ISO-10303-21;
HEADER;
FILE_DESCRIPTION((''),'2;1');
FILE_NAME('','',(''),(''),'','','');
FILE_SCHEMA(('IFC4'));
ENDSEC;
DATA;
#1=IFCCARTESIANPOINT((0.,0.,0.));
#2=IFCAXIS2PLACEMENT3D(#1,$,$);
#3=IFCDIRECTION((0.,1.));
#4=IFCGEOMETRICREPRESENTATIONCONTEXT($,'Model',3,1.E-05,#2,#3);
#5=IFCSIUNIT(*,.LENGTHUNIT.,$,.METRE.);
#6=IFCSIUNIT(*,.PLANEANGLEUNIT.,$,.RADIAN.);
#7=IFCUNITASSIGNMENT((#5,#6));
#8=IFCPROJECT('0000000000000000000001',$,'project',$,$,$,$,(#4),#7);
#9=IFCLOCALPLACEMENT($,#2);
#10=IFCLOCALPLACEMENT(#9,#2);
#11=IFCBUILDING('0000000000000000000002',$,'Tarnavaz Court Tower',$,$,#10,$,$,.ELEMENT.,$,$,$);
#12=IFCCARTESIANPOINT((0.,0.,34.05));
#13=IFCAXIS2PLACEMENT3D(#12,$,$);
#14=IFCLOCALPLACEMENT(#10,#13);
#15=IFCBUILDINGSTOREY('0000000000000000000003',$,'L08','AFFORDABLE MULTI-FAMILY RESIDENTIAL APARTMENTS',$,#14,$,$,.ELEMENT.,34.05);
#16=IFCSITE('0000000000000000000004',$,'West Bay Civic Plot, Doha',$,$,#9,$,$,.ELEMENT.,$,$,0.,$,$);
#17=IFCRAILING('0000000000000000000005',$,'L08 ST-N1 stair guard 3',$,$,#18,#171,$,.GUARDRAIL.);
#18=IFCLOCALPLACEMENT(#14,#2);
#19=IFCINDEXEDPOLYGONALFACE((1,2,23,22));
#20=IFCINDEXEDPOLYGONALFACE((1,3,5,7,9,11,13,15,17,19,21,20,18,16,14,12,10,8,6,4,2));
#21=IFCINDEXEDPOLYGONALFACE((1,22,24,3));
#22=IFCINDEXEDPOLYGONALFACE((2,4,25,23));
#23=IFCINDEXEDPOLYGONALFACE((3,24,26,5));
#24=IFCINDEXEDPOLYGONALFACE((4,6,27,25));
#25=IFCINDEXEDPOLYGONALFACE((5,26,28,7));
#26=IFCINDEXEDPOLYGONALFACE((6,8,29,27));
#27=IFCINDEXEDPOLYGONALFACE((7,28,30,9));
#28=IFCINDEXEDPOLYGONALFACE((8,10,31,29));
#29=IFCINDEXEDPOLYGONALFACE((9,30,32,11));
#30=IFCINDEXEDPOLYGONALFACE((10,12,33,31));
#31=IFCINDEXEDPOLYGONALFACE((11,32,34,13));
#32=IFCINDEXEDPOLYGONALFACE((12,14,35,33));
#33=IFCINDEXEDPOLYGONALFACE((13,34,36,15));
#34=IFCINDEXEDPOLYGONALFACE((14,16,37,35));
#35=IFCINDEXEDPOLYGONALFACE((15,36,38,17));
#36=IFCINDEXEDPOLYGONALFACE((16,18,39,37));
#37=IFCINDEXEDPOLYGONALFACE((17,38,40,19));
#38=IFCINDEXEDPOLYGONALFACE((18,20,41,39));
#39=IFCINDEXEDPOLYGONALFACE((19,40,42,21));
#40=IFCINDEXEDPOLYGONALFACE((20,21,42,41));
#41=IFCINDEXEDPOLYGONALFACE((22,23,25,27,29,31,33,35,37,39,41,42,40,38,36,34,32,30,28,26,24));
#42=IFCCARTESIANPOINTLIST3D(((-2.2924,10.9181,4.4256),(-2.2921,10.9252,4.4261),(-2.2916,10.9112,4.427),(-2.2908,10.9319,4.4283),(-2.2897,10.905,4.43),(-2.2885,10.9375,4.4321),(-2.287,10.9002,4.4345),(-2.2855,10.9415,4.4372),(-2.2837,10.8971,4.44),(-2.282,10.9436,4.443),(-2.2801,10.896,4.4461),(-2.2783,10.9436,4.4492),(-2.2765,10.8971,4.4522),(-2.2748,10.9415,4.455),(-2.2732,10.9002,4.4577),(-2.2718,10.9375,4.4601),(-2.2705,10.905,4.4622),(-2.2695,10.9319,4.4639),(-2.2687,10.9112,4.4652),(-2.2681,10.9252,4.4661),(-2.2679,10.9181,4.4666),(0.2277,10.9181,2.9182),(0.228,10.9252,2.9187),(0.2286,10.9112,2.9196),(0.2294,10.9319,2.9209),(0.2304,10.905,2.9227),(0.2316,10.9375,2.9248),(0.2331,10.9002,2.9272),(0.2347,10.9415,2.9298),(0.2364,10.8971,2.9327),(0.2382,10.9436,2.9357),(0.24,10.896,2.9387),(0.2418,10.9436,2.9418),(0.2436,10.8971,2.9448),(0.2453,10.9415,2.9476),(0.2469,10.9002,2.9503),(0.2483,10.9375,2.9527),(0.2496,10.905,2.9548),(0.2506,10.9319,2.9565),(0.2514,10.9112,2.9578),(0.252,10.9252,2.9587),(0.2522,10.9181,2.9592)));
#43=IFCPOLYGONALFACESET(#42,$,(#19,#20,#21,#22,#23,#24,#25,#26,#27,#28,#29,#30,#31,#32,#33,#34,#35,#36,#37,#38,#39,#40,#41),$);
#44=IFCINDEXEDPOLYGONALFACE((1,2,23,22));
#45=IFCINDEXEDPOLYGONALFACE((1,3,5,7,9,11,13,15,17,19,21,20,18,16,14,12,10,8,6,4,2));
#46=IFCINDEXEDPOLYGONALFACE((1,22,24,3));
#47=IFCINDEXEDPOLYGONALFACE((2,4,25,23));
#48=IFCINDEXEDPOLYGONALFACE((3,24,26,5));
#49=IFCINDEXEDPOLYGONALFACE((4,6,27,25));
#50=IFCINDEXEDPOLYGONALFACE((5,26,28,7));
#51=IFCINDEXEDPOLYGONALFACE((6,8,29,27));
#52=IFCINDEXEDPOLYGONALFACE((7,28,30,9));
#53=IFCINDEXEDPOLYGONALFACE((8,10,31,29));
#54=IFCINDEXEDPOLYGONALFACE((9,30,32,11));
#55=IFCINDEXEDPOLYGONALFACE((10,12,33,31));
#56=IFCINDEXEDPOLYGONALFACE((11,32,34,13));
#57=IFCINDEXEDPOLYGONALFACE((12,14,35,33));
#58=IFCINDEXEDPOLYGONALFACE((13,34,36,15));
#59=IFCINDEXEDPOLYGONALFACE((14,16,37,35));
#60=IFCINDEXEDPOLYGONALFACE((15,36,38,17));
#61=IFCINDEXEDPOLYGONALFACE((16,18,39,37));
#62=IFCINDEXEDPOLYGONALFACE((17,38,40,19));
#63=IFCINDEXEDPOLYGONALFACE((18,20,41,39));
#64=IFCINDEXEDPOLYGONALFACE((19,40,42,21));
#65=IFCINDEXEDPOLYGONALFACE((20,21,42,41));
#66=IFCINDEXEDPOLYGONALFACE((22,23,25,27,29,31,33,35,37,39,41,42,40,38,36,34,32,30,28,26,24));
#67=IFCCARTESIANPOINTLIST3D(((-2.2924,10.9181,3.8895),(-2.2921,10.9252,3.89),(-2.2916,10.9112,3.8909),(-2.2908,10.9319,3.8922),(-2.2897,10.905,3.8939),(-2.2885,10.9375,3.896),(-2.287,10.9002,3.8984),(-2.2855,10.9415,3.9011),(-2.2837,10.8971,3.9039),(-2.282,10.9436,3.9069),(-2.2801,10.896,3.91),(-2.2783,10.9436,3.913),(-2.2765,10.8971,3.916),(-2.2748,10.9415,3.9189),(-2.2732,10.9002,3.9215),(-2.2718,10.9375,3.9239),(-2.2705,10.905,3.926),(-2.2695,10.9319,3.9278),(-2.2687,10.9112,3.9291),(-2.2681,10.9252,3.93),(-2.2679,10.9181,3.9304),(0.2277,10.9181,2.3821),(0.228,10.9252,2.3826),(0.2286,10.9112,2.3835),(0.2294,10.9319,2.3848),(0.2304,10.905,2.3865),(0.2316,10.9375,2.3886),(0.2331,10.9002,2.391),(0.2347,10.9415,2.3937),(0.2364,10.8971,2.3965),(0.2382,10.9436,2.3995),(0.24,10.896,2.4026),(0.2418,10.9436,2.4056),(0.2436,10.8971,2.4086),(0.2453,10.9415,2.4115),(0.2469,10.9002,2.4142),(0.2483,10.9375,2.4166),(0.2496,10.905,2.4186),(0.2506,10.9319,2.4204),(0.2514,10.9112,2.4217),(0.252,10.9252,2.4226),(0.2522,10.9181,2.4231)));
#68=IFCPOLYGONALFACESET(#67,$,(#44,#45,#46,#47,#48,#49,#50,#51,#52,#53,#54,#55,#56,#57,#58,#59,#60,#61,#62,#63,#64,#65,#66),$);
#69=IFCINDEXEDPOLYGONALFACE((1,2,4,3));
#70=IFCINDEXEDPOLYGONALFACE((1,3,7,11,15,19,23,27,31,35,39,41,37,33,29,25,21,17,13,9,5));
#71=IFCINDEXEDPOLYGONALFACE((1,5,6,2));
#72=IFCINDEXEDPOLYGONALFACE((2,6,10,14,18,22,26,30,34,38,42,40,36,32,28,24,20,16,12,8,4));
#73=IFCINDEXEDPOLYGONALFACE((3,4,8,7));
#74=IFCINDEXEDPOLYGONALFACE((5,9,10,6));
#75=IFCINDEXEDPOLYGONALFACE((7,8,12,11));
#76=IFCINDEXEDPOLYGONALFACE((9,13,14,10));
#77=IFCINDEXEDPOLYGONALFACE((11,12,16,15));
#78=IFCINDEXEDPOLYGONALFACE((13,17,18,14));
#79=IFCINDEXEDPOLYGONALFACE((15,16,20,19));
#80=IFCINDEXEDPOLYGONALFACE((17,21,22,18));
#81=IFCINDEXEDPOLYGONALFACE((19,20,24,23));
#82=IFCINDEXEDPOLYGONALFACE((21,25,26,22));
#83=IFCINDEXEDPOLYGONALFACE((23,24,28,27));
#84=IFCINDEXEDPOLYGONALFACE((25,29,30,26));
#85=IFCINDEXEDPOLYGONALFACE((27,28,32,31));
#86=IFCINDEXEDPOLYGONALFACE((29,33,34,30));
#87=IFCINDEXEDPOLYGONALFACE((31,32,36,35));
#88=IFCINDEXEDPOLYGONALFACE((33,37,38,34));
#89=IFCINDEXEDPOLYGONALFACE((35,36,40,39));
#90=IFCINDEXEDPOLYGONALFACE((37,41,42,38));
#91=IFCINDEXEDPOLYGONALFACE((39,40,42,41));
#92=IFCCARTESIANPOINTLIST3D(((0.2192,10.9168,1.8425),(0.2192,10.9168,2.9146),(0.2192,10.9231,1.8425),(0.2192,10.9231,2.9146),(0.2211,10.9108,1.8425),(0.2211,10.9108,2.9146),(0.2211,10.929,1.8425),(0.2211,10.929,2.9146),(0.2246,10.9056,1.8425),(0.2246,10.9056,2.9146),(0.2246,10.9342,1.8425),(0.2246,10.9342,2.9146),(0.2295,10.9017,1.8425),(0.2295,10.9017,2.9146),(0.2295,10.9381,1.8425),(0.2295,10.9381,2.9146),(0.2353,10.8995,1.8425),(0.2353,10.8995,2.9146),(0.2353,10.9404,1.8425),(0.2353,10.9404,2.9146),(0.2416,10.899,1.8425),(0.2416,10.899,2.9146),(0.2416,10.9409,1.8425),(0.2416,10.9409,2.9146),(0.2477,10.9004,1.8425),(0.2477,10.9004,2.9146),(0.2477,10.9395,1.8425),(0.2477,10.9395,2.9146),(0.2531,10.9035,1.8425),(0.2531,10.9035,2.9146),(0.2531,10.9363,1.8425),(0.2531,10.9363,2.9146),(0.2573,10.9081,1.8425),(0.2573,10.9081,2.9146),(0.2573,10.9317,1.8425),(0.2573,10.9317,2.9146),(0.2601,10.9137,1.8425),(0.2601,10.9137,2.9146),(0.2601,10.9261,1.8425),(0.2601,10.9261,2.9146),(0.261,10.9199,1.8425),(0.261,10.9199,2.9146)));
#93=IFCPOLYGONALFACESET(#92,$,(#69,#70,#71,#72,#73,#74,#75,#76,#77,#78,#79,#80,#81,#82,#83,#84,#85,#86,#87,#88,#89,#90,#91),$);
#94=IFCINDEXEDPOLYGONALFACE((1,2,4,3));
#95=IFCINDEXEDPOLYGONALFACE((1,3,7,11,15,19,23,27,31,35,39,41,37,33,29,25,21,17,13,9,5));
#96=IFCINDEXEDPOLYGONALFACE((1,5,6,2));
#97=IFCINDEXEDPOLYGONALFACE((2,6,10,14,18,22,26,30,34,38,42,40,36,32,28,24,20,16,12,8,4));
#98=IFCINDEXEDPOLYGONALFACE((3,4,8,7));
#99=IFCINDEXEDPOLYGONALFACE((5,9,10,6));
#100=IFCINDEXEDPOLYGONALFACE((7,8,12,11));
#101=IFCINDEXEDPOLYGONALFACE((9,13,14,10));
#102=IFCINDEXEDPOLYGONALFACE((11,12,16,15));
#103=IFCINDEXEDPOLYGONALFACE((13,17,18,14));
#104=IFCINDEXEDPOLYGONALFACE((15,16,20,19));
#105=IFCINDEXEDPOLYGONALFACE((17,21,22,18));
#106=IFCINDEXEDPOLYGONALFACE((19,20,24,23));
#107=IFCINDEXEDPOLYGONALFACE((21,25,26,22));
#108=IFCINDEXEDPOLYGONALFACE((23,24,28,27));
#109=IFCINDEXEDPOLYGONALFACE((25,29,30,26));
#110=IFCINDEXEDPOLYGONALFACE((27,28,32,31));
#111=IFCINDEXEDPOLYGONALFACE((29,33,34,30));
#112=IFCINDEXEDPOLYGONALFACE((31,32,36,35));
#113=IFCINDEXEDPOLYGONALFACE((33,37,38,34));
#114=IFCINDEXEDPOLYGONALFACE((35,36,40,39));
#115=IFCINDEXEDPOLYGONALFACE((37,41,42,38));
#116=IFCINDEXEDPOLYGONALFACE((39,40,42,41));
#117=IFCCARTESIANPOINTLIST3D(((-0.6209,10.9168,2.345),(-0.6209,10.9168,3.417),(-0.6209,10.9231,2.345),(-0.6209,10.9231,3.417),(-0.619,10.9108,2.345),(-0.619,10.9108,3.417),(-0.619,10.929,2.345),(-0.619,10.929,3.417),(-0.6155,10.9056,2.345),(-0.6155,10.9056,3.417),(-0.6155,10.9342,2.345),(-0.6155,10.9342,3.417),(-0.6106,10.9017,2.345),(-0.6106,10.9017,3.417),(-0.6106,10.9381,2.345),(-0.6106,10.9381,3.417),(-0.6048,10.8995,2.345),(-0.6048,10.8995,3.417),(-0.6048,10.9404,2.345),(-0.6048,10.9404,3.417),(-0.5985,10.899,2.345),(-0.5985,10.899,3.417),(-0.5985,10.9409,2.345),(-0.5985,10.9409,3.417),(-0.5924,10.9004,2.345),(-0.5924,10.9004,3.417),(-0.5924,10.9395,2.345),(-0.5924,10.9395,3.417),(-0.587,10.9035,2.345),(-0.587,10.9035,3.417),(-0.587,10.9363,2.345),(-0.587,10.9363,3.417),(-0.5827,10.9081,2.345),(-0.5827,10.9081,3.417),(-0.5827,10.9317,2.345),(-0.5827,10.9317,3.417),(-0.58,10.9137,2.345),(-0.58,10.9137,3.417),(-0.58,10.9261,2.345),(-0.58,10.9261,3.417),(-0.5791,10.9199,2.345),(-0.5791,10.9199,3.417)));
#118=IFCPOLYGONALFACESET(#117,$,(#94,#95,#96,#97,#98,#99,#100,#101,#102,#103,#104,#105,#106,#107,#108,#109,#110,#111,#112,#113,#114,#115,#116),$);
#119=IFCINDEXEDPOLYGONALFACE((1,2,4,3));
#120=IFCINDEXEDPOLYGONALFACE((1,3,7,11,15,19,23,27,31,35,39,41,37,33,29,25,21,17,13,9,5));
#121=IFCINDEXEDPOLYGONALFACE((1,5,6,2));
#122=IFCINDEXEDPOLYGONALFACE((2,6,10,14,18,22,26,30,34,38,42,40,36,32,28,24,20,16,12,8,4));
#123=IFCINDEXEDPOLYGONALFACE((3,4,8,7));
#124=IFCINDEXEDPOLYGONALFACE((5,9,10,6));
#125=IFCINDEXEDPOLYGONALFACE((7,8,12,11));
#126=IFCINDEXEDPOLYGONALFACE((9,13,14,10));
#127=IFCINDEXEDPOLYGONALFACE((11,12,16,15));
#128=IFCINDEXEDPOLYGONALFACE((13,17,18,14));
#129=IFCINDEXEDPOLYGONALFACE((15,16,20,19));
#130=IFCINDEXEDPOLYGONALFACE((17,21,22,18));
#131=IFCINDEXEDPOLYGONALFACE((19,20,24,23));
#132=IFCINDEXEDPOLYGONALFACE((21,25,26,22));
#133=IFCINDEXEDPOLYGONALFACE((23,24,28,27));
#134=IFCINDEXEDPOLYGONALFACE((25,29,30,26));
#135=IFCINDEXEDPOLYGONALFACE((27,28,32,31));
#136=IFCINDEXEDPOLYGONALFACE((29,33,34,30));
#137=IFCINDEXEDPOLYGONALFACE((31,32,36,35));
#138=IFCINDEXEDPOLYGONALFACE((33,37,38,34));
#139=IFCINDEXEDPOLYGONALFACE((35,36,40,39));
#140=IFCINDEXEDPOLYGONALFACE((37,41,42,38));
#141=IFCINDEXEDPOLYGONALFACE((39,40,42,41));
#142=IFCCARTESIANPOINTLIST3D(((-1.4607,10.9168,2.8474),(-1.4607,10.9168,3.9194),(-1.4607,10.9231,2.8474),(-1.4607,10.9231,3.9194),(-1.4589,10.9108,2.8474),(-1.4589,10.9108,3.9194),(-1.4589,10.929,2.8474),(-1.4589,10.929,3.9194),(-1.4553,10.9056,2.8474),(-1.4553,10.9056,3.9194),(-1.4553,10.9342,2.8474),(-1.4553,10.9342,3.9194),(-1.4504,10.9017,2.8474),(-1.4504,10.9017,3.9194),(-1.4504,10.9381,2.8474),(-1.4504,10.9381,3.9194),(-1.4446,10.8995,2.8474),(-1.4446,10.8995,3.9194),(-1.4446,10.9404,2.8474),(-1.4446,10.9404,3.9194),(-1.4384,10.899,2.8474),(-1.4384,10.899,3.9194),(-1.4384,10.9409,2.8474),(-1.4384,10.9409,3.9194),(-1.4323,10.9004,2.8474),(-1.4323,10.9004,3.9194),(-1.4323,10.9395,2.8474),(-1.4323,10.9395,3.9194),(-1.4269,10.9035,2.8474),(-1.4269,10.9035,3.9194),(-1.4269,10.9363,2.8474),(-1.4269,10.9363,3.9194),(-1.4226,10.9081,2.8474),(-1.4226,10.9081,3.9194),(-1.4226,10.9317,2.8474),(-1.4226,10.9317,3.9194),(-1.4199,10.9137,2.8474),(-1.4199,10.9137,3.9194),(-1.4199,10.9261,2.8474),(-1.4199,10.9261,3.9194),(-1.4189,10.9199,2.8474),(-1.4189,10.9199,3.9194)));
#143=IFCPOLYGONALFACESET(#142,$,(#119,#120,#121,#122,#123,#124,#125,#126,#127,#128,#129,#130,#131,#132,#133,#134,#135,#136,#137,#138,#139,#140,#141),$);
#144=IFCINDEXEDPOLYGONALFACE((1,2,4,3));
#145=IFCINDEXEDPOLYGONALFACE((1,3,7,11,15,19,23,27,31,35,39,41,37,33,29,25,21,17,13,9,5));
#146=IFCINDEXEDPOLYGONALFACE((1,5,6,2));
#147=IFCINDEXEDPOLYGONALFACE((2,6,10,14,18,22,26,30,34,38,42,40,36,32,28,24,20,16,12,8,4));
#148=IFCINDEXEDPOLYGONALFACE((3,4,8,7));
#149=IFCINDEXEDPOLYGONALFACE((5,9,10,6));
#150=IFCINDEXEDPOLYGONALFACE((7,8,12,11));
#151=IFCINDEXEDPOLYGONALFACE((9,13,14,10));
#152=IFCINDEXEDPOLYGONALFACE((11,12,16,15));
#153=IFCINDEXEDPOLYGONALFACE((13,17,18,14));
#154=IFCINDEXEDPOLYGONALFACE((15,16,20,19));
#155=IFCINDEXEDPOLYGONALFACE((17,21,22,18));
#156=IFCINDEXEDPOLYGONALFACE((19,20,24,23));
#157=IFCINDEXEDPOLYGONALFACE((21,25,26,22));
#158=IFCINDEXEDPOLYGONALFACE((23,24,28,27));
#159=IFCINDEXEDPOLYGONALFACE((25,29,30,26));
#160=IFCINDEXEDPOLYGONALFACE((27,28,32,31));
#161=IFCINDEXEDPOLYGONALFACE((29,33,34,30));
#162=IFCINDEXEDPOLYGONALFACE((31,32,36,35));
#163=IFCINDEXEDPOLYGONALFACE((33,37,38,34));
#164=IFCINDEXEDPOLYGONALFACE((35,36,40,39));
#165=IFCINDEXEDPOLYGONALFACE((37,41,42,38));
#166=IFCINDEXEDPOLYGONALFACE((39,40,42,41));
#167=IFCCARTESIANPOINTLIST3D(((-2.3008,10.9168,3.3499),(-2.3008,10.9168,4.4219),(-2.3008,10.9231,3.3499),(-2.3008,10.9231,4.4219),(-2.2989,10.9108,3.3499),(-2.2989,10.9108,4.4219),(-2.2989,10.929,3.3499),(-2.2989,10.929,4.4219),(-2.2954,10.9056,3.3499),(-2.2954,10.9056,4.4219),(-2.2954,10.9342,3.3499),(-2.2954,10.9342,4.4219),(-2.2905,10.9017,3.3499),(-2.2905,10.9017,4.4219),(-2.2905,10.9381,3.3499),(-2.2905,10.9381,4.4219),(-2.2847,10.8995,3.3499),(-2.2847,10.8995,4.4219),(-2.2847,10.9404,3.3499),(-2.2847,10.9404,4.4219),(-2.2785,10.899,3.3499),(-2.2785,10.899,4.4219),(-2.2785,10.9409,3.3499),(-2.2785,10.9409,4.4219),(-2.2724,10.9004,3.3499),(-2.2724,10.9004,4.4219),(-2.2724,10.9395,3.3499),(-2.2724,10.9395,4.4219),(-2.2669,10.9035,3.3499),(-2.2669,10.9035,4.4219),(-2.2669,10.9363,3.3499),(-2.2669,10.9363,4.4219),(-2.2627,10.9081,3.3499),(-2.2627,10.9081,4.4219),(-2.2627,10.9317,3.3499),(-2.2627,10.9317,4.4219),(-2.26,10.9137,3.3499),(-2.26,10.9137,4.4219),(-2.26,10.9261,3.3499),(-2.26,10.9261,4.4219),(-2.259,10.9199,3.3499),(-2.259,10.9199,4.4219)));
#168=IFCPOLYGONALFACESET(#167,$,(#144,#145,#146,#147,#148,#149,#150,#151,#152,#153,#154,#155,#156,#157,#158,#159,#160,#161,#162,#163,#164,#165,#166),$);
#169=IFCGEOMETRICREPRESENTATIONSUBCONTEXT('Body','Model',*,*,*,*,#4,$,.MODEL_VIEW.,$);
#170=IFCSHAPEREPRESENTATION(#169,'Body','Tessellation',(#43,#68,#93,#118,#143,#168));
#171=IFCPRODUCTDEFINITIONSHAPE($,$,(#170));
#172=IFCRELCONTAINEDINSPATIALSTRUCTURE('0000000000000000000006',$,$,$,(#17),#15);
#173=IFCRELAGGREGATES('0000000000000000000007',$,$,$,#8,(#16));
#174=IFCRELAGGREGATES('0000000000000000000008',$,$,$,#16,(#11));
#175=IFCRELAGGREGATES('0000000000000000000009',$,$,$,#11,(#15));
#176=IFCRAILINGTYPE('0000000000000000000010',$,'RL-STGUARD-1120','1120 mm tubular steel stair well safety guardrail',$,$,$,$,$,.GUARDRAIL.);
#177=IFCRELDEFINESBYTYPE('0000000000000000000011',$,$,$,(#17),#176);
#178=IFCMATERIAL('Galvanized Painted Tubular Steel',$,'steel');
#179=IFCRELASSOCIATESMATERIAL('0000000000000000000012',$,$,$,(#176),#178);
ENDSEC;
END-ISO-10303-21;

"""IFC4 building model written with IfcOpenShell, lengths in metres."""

from ifc_helpers import new_model, si_unit, direction, frame, origin, origin_2d, place, context, subcontext, project, spatial, circle, extrude, material, type_object, element, save


model = new_model("IFC4")

# Units and contexts
model_context = context("Model", 3, precision=1e-05, world=origin(), true_north=direction((0.0, 1.0)))
body_context = subcontext(model_context, "Body", "Model", "MODEL_VIEW")
ifc_project = project(units=[si_unit("LENGTHUNIT", "METRE"), si_unit("PLANEANGLEUNIT", "RADIAN")], contexts=[model_context])

# Site, building, storey
site_placement = place(None, origin())
site = spatial("IfcSite", under=ifc_project, at=site_placement, Name="West Bay Civic Plot, Doha", CompositionType="ELEMENT", RefElevation=0.0)
building_placement = place(site_placement, origin())
building = spatial("IfcBuilding", under=site, at=building_placement, Name="Tarnavaz Court Tower", CompositionType="ELEMENT")
storey_placement = place(building_placement, frame((0.0, 0.0, 34.05)))
storey = spatial("IfcBuildingStorey", under=building, at=storey_placement, Name="L08", Description="AFFORDABLE MULTI-FAMILY RESIDENTIAL APARTMENTS", CompositionType="ELEMENT", Elevation=34.05)

# Railing
ifc_material_1 = material(Name="Galvanized Painted Tubular Steel", Category="steel")
railing_type_1 = type_object("IfcRailingType", Name="RL-STGUARD-1120", Description="1120 mm tubular steel stair well safety guardrail", PredefinedType="GUARDRAIL", material=ifc_material_1)
railing_1_placement = place(storey_placement, frame((0.24, 10.9199, 1.8425)))
element("IfcRailing", 1, at=railing_1_placement, inside=storey, type_object=railing_type_1, Name="L08 ST-N1 stair guard 3", PredefinedType="GUARDRAIL", context=body_context, shape_type="SweptSolid", body=[
    extrude(circle(Radius=0.0239, at=origin_2d()), frame((0.0, 0.0, 1.0962), z_axis=(-0.858196, 0.0, 0.513321), x_axis=(0.0, -1.0, 0.0)), (0.0, 0.0, 1.0), 2.9365),
    extrude(circle(Radius=0.0239, at=origin_2d()), frame((0.0, 0.0, 0.5601), z_axis=(-0.858196, 0.0, 0.513321), x_axis=(0.0, -1.0, 0.0)), (0.0, 0.0, 1.0), 2.9365),
    extrude(circle(Radius=0.021, at=origin_2d()), origin(), (0.0, 0.0, 1.0), 1.072),
    extrude(circle(Radius=0.021, at=origin_2d()), frame((-0.8401, 0.0, 0.5024)), (0.0, 0.0, 1.0), 1.072),
    extrude(circle(Radius=0.021, at=origin_2d()), frame((-1.6799, 0.0, 1.0049)), (0.0, 0.0, 1.0), 1.072),
    extrude(circle(Radius=0.021, at=origin_2d()), frame((-2.52, 0.0, 1.5073)), (0.0, 0.0, 1.0), 1.072),
])

save(model, "model.ifc")
